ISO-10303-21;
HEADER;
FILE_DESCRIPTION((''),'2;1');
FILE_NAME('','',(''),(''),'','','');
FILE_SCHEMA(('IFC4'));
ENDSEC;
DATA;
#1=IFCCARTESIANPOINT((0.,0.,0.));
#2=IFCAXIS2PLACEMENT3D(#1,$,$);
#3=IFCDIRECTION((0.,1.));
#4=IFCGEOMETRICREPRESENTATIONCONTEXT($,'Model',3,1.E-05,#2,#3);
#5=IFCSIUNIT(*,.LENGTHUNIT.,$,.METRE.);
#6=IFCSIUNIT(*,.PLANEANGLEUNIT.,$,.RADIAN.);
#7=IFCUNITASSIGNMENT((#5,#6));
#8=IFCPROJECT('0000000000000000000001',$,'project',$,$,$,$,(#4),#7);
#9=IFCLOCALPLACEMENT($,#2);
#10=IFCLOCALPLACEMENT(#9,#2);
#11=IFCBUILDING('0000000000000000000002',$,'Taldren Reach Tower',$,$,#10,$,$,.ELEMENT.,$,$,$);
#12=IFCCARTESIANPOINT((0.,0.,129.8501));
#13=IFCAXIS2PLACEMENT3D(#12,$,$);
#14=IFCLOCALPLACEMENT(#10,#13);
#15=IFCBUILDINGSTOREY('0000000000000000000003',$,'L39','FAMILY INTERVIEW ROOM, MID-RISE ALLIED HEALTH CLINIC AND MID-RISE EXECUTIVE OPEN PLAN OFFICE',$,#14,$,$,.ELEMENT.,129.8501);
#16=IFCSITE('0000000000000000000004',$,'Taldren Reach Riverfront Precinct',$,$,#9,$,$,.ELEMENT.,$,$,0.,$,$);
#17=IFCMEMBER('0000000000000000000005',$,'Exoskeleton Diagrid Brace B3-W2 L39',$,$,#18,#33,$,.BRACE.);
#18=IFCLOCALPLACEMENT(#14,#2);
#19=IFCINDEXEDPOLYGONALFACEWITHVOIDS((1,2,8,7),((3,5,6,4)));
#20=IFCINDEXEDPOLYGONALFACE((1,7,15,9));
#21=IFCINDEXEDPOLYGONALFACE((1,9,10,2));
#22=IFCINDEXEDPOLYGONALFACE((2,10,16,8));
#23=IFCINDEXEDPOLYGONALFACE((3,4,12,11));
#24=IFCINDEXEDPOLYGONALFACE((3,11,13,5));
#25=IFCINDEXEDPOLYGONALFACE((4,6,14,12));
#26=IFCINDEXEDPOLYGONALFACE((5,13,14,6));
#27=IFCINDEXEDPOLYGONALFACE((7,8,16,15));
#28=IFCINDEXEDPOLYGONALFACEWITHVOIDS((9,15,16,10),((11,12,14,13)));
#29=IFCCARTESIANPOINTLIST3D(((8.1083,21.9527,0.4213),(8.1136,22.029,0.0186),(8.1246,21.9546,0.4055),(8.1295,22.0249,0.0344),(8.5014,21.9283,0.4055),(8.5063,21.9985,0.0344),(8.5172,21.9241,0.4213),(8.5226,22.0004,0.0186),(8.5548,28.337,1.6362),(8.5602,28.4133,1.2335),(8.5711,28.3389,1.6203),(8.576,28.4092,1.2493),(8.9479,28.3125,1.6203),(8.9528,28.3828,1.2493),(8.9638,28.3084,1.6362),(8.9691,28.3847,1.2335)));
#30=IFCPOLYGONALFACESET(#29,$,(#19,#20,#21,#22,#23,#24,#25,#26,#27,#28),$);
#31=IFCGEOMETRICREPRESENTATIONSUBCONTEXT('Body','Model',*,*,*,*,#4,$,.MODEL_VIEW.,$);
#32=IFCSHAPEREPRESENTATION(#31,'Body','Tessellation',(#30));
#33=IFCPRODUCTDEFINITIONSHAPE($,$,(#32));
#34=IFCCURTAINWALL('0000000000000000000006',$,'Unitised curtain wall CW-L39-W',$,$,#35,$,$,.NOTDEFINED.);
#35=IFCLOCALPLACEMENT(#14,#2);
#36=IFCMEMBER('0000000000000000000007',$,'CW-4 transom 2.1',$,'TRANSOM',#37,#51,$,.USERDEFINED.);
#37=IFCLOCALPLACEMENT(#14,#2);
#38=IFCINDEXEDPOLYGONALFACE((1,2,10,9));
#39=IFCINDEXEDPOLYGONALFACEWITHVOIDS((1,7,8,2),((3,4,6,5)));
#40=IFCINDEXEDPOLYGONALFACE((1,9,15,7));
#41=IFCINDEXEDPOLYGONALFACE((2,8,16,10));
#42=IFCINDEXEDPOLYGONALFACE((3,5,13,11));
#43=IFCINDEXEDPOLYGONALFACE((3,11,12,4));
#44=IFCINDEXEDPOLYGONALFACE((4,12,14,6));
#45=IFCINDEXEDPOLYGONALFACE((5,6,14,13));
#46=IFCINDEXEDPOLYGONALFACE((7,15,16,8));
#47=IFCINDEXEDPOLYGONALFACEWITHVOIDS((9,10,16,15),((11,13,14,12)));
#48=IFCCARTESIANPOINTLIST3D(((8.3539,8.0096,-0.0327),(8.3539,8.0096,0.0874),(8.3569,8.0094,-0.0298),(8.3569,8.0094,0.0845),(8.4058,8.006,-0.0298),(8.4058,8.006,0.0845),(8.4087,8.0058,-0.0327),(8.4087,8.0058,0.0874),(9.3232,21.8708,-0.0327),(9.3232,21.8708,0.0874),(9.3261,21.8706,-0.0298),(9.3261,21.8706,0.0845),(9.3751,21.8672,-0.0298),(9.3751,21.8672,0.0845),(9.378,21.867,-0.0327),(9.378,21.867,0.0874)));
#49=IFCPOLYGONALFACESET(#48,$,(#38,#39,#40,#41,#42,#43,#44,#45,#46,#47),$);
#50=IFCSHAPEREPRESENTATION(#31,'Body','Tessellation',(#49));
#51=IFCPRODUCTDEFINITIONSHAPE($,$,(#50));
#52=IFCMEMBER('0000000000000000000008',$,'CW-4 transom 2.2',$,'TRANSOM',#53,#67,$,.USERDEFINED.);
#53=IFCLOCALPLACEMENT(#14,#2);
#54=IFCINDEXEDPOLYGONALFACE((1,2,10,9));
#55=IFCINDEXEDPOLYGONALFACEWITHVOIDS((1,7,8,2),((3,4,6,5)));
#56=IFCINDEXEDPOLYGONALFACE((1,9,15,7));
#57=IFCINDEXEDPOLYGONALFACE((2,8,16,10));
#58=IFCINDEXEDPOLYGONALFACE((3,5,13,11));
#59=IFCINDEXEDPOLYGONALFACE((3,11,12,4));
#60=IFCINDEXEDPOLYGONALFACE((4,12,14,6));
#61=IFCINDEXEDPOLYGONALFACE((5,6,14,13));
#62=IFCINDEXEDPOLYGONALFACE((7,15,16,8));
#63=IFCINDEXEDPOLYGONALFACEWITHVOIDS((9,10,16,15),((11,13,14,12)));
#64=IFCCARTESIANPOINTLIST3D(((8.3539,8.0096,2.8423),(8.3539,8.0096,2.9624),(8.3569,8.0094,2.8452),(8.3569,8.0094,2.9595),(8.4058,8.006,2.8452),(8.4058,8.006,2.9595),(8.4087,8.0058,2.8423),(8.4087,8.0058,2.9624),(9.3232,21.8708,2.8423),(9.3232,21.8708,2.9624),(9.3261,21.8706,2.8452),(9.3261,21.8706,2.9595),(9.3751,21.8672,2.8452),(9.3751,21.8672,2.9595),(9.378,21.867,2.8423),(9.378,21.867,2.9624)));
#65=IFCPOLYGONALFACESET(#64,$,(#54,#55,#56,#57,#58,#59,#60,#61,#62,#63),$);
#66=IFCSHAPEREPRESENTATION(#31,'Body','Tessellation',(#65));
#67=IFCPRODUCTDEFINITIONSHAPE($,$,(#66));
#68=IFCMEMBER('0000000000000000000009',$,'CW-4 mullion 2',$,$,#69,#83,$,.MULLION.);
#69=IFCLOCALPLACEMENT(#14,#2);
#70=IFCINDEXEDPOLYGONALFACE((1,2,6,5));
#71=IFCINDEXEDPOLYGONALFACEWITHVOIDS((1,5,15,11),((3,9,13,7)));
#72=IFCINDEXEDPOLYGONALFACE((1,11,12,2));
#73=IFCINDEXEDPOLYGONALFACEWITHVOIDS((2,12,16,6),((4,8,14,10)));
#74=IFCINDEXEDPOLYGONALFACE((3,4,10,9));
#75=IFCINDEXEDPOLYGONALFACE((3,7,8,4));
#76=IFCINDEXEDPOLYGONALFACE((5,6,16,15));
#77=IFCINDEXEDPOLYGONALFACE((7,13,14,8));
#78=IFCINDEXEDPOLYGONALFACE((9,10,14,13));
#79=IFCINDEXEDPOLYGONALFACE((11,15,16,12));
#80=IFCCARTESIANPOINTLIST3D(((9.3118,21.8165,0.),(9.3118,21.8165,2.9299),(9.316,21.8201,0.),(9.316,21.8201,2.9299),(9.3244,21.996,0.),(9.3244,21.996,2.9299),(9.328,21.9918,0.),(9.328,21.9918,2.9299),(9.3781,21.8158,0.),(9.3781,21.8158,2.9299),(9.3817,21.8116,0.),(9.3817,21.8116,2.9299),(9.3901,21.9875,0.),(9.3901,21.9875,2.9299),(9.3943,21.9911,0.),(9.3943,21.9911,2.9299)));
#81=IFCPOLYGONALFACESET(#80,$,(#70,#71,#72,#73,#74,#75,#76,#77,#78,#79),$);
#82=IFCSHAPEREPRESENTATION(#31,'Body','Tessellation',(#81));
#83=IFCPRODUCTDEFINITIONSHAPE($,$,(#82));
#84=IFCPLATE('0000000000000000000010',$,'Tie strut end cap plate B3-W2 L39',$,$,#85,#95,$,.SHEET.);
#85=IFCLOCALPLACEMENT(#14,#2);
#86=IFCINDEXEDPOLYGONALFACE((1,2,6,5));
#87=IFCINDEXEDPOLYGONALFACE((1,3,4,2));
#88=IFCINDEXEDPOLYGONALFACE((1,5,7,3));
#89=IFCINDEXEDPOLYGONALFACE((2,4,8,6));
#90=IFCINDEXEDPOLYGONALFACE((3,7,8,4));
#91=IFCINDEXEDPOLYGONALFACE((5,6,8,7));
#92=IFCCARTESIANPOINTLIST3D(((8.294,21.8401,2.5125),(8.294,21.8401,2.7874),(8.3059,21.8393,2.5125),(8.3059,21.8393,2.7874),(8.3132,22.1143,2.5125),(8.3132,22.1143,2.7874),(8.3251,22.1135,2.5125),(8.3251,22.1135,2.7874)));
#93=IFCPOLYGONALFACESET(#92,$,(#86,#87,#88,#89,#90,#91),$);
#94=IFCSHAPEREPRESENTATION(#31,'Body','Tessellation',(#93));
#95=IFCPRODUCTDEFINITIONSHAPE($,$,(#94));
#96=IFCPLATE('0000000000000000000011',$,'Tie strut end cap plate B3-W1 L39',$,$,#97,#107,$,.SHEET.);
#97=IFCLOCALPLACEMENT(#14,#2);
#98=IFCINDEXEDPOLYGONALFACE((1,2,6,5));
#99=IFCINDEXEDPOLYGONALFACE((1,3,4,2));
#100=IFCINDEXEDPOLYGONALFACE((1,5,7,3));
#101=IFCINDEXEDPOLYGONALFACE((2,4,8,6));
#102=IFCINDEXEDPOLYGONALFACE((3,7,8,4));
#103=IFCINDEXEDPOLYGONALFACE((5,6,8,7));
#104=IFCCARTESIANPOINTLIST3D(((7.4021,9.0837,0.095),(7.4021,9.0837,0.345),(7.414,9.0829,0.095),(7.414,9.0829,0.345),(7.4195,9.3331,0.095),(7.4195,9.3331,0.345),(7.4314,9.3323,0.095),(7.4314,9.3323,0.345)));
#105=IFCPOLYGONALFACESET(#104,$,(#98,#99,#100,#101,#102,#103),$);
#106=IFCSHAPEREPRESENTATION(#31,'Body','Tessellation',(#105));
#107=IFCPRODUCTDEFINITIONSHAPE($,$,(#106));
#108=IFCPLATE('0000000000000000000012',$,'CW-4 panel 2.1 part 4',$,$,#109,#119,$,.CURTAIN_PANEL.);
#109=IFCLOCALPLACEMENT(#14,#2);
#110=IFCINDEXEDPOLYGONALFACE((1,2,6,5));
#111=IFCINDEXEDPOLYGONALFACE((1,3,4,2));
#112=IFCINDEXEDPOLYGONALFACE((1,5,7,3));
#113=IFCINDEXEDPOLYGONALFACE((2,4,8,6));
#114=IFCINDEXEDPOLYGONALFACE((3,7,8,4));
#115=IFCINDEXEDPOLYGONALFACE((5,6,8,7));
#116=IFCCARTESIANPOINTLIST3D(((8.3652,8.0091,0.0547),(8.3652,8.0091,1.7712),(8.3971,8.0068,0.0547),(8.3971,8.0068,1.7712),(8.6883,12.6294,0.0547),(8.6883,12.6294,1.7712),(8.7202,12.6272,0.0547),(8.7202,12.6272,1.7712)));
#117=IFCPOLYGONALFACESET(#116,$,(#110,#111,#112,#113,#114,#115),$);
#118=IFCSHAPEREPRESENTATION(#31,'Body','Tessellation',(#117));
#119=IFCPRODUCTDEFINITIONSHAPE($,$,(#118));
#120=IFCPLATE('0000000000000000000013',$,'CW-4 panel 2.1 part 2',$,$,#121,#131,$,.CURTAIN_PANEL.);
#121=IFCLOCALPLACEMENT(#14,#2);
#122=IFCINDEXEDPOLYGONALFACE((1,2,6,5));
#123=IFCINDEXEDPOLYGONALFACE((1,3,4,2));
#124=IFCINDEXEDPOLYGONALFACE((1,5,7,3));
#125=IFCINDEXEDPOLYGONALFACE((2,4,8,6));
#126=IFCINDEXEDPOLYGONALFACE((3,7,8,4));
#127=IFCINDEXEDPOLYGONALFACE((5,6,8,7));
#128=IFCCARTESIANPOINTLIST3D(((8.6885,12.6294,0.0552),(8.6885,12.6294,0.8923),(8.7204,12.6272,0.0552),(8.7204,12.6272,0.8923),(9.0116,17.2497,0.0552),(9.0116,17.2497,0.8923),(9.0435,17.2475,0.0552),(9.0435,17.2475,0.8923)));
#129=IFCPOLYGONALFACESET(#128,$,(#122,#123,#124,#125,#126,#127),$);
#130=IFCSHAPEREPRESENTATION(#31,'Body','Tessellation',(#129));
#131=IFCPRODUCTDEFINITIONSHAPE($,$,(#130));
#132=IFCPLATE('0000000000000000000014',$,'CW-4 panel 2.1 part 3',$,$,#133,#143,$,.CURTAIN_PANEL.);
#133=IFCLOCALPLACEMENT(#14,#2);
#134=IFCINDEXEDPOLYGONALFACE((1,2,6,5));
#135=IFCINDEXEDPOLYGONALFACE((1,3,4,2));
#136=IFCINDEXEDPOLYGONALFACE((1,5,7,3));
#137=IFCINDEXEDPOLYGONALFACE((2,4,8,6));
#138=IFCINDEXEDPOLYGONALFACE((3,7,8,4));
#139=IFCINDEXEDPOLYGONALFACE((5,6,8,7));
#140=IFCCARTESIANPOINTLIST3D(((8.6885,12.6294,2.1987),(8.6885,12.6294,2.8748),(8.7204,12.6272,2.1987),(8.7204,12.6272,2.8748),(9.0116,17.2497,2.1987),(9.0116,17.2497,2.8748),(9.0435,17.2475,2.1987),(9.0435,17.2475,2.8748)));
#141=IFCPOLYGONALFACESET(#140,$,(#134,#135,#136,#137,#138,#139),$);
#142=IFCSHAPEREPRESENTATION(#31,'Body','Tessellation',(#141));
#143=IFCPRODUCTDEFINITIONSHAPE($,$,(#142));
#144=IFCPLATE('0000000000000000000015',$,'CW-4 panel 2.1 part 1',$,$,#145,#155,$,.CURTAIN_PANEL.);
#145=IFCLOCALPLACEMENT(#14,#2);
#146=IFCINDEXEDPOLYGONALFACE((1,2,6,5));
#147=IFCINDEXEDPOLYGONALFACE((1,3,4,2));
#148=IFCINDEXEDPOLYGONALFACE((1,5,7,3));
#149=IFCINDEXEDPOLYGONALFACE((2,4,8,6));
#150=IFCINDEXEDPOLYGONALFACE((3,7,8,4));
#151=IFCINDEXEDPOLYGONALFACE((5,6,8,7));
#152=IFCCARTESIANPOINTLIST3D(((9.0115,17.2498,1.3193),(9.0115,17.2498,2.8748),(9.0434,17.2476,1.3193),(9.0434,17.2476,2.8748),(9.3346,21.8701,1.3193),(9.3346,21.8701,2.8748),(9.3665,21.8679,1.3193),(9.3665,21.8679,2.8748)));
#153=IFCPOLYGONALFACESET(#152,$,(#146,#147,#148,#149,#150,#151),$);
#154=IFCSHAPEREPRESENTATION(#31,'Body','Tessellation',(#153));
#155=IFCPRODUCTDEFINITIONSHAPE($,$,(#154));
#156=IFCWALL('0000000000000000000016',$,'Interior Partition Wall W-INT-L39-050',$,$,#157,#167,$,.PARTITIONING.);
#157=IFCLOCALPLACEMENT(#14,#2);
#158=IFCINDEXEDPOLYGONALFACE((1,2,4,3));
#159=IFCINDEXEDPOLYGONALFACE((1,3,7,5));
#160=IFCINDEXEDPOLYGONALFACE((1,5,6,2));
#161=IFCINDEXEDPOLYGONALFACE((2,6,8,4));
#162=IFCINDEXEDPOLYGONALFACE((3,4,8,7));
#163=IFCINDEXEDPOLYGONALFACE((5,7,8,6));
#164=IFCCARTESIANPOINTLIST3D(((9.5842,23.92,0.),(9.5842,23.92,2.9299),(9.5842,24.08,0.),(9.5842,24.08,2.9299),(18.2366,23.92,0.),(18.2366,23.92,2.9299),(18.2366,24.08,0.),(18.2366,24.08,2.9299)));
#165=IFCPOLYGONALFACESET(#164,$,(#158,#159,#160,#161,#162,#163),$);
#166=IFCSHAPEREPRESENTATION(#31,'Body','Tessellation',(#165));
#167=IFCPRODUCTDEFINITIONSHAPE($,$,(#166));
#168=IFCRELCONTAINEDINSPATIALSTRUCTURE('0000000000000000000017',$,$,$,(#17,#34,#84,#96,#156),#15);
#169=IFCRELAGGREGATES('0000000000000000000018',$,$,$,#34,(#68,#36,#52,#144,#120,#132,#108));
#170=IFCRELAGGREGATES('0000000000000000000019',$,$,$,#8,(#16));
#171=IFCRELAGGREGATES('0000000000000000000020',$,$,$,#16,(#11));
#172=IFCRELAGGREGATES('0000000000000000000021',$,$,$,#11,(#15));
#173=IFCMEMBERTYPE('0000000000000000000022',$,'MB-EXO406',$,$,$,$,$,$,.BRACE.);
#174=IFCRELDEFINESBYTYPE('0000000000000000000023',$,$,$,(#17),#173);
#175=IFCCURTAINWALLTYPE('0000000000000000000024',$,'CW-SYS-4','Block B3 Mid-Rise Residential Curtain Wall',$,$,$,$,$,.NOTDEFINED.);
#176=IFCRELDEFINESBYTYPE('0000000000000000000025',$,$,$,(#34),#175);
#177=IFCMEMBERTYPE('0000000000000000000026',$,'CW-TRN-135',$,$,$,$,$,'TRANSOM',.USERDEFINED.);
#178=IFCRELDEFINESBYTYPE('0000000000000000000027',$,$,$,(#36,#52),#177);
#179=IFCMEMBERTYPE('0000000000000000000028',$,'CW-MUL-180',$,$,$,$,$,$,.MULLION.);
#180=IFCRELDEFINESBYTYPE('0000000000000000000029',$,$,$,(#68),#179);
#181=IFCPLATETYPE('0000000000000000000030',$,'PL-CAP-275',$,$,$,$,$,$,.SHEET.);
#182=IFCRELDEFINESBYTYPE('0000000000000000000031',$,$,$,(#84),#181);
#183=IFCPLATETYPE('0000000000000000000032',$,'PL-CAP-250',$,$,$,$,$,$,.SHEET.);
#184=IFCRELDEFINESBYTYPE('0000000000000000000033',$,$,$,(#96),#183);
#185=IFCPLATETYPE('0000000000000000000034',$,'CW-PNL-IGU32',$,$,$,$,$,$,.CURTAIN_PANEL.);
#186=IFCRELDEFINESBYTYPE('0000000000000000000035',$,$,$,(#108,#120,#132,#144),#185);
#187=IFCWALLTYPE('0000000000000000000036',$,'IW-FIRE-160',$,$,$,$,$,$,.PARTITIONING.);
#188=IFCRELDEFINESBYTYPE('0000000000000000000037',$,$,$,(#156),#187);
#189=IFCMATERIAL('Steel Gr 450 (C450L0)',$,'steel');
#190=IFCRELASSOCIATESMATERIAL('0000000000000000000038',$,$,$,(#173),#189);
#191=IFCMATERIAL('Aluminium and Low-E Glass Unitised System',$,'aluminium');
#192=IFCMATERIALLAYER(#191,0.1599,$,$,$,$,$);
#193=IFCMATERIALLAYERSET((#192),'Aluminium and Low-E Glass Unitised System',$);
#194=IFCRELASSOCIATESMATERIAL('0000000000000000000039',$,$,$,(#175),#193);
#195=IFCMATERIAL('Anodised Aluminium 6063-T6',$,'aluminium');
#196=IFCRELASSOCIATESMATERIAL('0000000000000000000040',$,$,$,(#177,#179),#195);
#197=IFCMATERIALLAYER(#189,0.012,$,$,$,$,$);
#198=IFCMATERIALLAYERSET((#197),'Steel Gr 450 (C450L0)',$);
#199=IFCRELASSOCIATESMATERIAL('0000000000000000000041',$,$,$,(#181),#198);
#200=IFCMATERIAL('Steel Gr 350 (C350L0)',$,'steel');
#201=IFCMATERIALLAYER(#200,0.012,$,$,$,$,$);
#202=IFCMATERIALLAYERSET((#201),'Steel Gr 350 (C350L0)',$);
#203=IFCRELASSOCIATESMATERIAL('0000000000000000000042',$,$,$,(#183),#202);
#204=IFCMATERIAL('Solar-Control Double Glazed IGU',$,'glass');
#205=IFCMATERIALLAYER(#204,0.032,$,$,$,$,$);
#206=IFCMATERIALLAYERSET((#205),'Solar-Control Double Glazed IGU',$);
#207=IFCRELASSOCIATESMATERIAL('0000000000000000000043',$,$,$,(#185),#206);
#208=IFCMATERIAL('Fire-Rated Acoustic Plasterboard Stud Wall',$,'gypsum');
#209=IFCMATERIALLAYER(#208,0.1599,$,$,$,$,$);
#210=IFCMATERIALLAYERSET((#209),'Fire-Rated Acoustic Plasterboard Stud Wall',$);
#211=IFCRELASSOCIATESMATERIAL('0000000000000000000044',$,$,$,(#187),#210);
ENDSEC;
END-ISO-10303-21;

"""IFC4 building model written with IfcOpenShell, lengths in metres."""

from ifc_helpers import new_model, si_unit, direction, frame, frame_2d, origin, origin_2d, place, context, subcontext, project, spatial, rectangle, hollow_rectangle, extrude, source, transform, mapped, material, layer, layer_set, material_profile, profile_set, type_object, element, aggregate, save


model = new_model("IFC4")

# Units and contexts
model_context = context("Model", 3, precision=1e-05, world=origin(), true_north=direction((0.0, 1.0)))
body_context = subcontext(model_context, "Body", "Model", "MODEL_VIEW")
ifc_project = project(units=[si_unit("LENGTHUNIT", "METRE"), si_unit("PLANEANGLEUNIT", "RADIAN")], contexts=[model_context])

# Site, building, storey
site_placement = place(None, origin())
site = spatial("IfcSite", under=ifc_project, at=site_placement, Name="Taldren Reach Riverfront Precinct", CompositionType="ELEMENT", RefElevation=0.0)
building_placement = place(site_placement, origin())
building = spatial("IfcBuilding", under=site, at=building_placement, Name="Taldren Reach Tower", CompositionType="ELEMENT")
storey_placement = place(building_placement, frame((0.0, 0.0, 129.8501)))
storey = spatial("IfcBuildingStorey", under=building, at=storey_placement, Name="L39", Description="FAMILY INTERVIEW ROOM, MID-RISE ALLIED HEALTH CLINIC AND MID-RISE EXECUTIVE OPEN PLAN OFFICE", CompositionType="ELEMENT", Elevation=129.8501)

# Shared definitions
ifc_material_1 = material(Name="Steel Gr 450 (C450L0)", Category="steel")
ifc_material_2 = material(Name="Steel Gr 350 (C350L0)", Category="steel")

# Member
ifc_material_profile_1 = material_profile(ifc_material_1, hollow_rectangle(XDim=0.4099, YDim=0.4099, WallThickness=0.0161, at=origin_2d()), Name="410x410x16.0SHS")
ifc_profile_set_1 = profile_set([ifc_material_profile_1], Name="Steel Gr 450 (C450L0)")
member_type_1 = type_object("IfcMemberType", Name="MB-EXO406", PredefinedType="BRACE", material=ifc_profile_set_1)
shared_shape_1 = source(origin(), body_context, "Body", "SweptSolid", [
    extrude(hollow_rectangle(XDim=0.4099, YDim=0.4099, WallThickness=0.0161, at=origin_2d()), origin(), (0.0, 0.0, 1.0), 6.5142),
])
member_1_placement = place(storey_placement, frame((8.3154, 21.9766, 0.22), z_axis=(0.068548, 0.980062, 0.186493), x_axis=(-0.997563, 0.069772, 0.0)))
element("IfcMember", 1, at=member_1_placement, inside=storey, type_object=member_type_1, Name="Exoskeleton Diagrid Brace B3-W2 L39", PredefinedType="BRACE", context=body_context, shape_type="MappedRepresentation", body=[
    mapped(shared_shape_1, transform((0.0, 0.0, 0.0), scale=1.0)),
])

# Curtain wall, members
ifc_material_3 = material(Name="Aluminium and Low-E Glass Unitised System", Category="aluminium")
ifc_layer_1 = layer(ifc_material_3, 0.1599)
ifc_layer_set_1 = layer_set([ifc_layer_1], Name="Aluminium and Low-E Glass Unitised System")
curtain_wall_type = type_object("IfcCurtainWallType", Name="CW-SYS-4", Description="Block B3 Mid-Rise Residential Curtain Wall", PredefinedType="NOTDEFINED", material=ifc_layer_set_1)
curtain_wall_placement = place(storey_placement, origin())
curtain_wall = element("IfcCurtainWall", 2, at=curtain_wall_placement, inside=storey, type_object=curtain_wall_type, Name="Unitised curtain wall CW-L39-W", PredefinedType="NOTDEFINED")
ifc_material_4 = material(Name="Anodised Aluminium 6063-T6", Category="aluminium")
ifc_material_profile_2 = material_profile(ifc_material_4, hollow_rectangle(XDim=0.0549, YDim=0.1201, WallThickness=0.0029, at=origin_2d()), Name="ALU-120x55x3RHS")
ifc_profile_set_2 = profile_set([ifc_material_profile_2], Name="Anodised Aluminium 6063-T6")
member_type_2 = type_object("IfcMemberType", Name="CW-TRN-135", ElementType="TRANSOM", PredefinedType="USERDEFINED", material=ifc_profile_set_2)
shared_shape_2 = source(origin(), body_context, "Body", "SweptSolid", [
    extrude(hollow_rectangle(XDim=0.0549, YDim=0.1201, WallThickness=0.0029, at=origin_2d()), origin(), (0.0, 0.0, 1.0), 13.895),
])
member_2_placement = place(storey_placement, frame((9.3506, 21.8689, 0.0273), z_axis=(-0.069755, -0.997564, 0.0), x_axis=(0.997564, -0.069755, 0.0)))
member_2 = element("IfcMember", 3, at=member_2_placement, type_object=member_type_2, Name="CW-4 transom 2.1", ObjectType="TRANSOM", PredefinedType="USERDEFINED", context=body_context, shape_type="MappedRepresentation", body=[
    mapped(shared_shape_2, transform((0.0, 0.0, 0.0), scale=1.0)),
])
member_3_placement = place(storey_placement, frame((9.3506, 21.8689, 2.9023), z_axis=(-0.069755, -0.997564, 0.0), x_axis=(0.997564, -0.069755, 0.0)))
member_3 = element("IfcMember", 4, at=member_3_placement, type_object=member_type_2, Name="CW-4 transom 2.2", ObjectType="TRANSOM", PredefinedType="USERDEFINED", context=body_context, shape_type="MappedRepresentation", body=[
    mapped(shared_shape_2, transform((0.0, 0.0, 0.0), scale=1.0)),
])
ifc_material_profile_3 = material_profile(ifc_material_4, hollow_rectangle(XDim=0.0701, YDim=0.1799, WallThickness=0.0039, at=origin_2d()), Name="ALU-180x70x4RHS")
ifc_profile_set_3 = profile_set([ifc_material_profile_3], Name="Anodised Aluminium 6063-T6")
member_type_3 = type_object("IfcMemberType", Name="CW-MUL-180", PredefinedType="MULLION", material=ifc_profile_set_3)
shared_shape_3 = source(origin(), body_context, "Body", "SweptSolid", [
    extrude(hollow_rectangle(XDim=0.0701, YDim=0.1799, WallThickness=0.0039, at=origin_2d()), origin(), (0.0, 0.0, 1.0), 2.9299),
])
member_4_placement = place(storey_placement, frame((9.353, 21.9038, 0.0), z_axis=(0.0, 0.0, 1.0), x_axis=(0.997564, -0.069756, 0.0)))
member_4 = element("IfcMember", 5, at=member_4_placement, type_object=member_type_3, Name="CW-4 mullion 2", PredefinedType="MULLION", context=body_context, shape_type="MappedRepresentation", body=[
    mapped(shared_shape_3, transform((0.0, 0.0, 0.0), scale=1.0)),
])

# Plates
ifc_layer_2 = layer(ifc_material_1, 0.012)
ifc_layer_set_2 = layer_set([ifc_layer_2], Name="Steel Gr 450 (C450L0)")
plate_type_1 = type_object("IfcPlateType", Name="PL-CAP-275", PredefinedType="SHEET", material=ifc_layer_set_2)
shared_shape_4 = source(origin(), body_context, "Body", "SweptSolid", [
    extrude(rectangle(XDim=0.012, YDim=0.2749, at=origin_2d()), origin(), (0.0, 0.0, 1.0), 0.2749),
])
plate_1_placement = place(storey_placement, frame((8.3096, 21.9768, 2.5125), z_axis=(0.0, 0.0, 1.0), x_axis=(0.997564, -0.069756, 0.0)))
element("IfcPlate", 6, at=plate_1_placement, inside=storey, type_object=plate_type_1, Name="Tie strut end cap plate B3-W2 L39", PredefinedType="SHEET", context=body_context, shape_type="MappedRepresentation", body=[
    mapped(shared_shape_4, transform((0.0, 0.0, 0.0), scale=1.0)),
])
ifc_layer_3 = layer(ifc_material_2, 0.012)
ifc_layer_set_3 = layer_set([ifc_layer_3], Name="Steel Gr 350 (C350L0)")
plate_type_2 = type_object("IfcPlateType", Name="PL-CAP-250", PredefinedType="SHEET", material=ifc_layer_set_3)
shared_shape_5 = source(origin(), body_context, "Body", "SweptSolid", [
    extrude(rectangle(XDim=0.012, YDim=0.25, at=origin_2d()), origin(), (0.0, 0.0, 1.0), 0.25),
])
plate_2_placement = place(storey_placement, frame((7.4167, 9.208, 0.095), z_axis=(0.0, 0.0, 1.0), x_axis=(0.997564, -0.069756, 0.0)))
element("IfcPlate", 7, at=plate_2_placement, inside=storey, type_object=plate_type_2, Name="Tie strut end cap plate B3-W1 L39", PredefinedType="SHEET", context=body_context, shape_type="MappedRepresentation", body=[
    mapped(shared_shape_5, transform((0.0, 0.0, 0.0), scale=1.0)),
])

# Plates
ifc_material_5 = material(Name="Solar-Control Double Glazed IGU", Category="glass")
ifc_layer_4 = layer(ifc_material_5, 0.032)
ifc_layer_set_4 = layer_set([ifc_layer_4], Name="Solar-Control Double Glazed IGU")
plate_type_3 = type_object("IfcPlateType", Name="CW-PNL-IGU32", PredefinedType="CURTAIN_PANEL", material=ifc_layer_set_4)
shared_shape_6 = source(origin(), body_context, "Body", "SweptSolid", [
    extrude(rectangle(XDim=4.6316, YDim=0.032, at=origin_2d()), origin(), (0.0, 0.0, 1.0), 1.7166),
])
plate_3_placement = place(storey_placement, frame((8.5427, 10.3181, 0.0547), z_axis=(0.0, 0.0, 1.0), x_axis=(-0.069756, -0.997564, 0.0)))
plate_3 = element("IfcPlate", 8, at=plate_3_placement, type_object=plate_type_3, Name="CW-4 panel 2.1 part 4", PredefinedType="CURTAIN_PANEL", context=body_context, shape_type="MappedRepresentation", body=[
    mapped(shared_shape_6, transform((0.0, 0.0, 0.0), scale=1.0)),
])
shared_shape_7 = source(origin(), body_context, "Body", "SweptSolid", [
    extrude(rectangle(XDim=4.6316, YDim=0.032, at=origin_2d()), origin(), (0.0, 0.0, 1.0), 0.8372),
])
plate_4_placement = place(storey_placement, frame((8.866, 14.9385, 0.0552), z_axis=(0.0, 0.0, 1.0), x_axis=(-0.069756, -0.997564, 0.0)))
plate_4 = element("IfcPlate", 9, at=plate_4_placement, type_object=plate_type_3, Name="CW-4 panel 2.1 part 2", PredefinedType="CURTAIN_PANEL", context=body_context, shape_type="MappedRepresentation", body=[
    mapped(shared_shape_7, transform((0.0, 0.0, 0.0), scale=1.0)),
])
shared_shape_8 = source(origin(), body_context, "Body", "SweptSolid", [
    extrude(rectangle(XDim=4.6316, YDim=0.032, at=origin_2d()), origin(), (0.0, 0.0, 1.0), 0.676),
])
plate_5_placement = place(storey_placement, frame((8.866, 14.9385, 2.1987), z_axis=(0.0, 0.0, 1.0), x_axis=(-0.069756, -0.997564, 0.0)))
plate_5 = element("IfcPlate", 10, at=plate_5_placement, type_object=plate_type_3, Name="CW-4 panel 2.1 part 3", PredefinedType="CURTAIN_PANEL", context=body_context, shape_type="MappedRepresentation", body=[
    mapped(shared_shape_8, transform((0.0, 0.0, 0.0), scale=1.0)),
])
shared_shape_9 = source(origin(), body_context, "Body", "SweptSolid", [
    extrude(rectangle(XDim=4.6316, YDim=0.032, at=origin_2d()), origin(), (0.0, 0.0, 1.0), 1.5554),
])
plate_6_placement = place(storey_placement, frame((9.189, 19.5588, 1.3193), z_axis=(0.0, 0.0, 1.0), x_axis=(-0.069756, -0.997564, 0.0)))
plate_6 = element("IfcPlate", 11, at=plate_6_placement, type_object=plate_type_3, Name="CW-4 panel 2.1 part 1", PredefinedType="CURTAIN_PANEL", context=body_context, shape_type="MappedRepresentation", body=[
    mapped(shared_shape_9, transform((0.0, 0.0, 0.0), scale=1.0)),
])
aggregate(curtain_wall, [member_4, member_2, member_3, plate_6, plate_4, plate_5, plate_3])

# Wall
ifc_material_6 = material(Name="Fire-Rated Acoustic Plasterboard Stud Wall", Category="gypsum")
ifc_layer_5 = layer(ifc_material_6, 0.1599)
ifc_layer_set_5 = layer_set([ifc_layer_5], Name="Fire-Rated Acoustic Plasterboard Stud Wall")
wall_type_1 = type_object("IfcWallType", Name="IW-FIRE-160", PredefinedType="PARTITIONING", material=ifc_layer_set_5)
shared_shape_10 = source(origin(), body_context, "Body", "SweptSolid", [
    extrude(rectangle(XDim=8.6523, YDim=0.1599, at=frame_2d((4.3262, 0.0))), origin(), (0.0, 0.0, 1.0), 2.9299),
])
wall_1_placement = place(storey_placement, frame((9.5842, 24.0, 0.0), z_axis=(0.0, 0.0, 1.0), x_axis=(1.0, 0.0, 0.0)))
element("IfcWall", 12, at=wall_1_placement, inside=storey, type_object=wall_type_1, Name="Interior Partition Wall W-INT-L39-050", PredefinedType="PARTITIONING", context=body_context, shape_type="MappedRepresentation", body=[
    mapped(shared_shape_10, transform((0.0, 0.0, 0.0), scale=1.0)),
])

save(model, "model.ifc")
